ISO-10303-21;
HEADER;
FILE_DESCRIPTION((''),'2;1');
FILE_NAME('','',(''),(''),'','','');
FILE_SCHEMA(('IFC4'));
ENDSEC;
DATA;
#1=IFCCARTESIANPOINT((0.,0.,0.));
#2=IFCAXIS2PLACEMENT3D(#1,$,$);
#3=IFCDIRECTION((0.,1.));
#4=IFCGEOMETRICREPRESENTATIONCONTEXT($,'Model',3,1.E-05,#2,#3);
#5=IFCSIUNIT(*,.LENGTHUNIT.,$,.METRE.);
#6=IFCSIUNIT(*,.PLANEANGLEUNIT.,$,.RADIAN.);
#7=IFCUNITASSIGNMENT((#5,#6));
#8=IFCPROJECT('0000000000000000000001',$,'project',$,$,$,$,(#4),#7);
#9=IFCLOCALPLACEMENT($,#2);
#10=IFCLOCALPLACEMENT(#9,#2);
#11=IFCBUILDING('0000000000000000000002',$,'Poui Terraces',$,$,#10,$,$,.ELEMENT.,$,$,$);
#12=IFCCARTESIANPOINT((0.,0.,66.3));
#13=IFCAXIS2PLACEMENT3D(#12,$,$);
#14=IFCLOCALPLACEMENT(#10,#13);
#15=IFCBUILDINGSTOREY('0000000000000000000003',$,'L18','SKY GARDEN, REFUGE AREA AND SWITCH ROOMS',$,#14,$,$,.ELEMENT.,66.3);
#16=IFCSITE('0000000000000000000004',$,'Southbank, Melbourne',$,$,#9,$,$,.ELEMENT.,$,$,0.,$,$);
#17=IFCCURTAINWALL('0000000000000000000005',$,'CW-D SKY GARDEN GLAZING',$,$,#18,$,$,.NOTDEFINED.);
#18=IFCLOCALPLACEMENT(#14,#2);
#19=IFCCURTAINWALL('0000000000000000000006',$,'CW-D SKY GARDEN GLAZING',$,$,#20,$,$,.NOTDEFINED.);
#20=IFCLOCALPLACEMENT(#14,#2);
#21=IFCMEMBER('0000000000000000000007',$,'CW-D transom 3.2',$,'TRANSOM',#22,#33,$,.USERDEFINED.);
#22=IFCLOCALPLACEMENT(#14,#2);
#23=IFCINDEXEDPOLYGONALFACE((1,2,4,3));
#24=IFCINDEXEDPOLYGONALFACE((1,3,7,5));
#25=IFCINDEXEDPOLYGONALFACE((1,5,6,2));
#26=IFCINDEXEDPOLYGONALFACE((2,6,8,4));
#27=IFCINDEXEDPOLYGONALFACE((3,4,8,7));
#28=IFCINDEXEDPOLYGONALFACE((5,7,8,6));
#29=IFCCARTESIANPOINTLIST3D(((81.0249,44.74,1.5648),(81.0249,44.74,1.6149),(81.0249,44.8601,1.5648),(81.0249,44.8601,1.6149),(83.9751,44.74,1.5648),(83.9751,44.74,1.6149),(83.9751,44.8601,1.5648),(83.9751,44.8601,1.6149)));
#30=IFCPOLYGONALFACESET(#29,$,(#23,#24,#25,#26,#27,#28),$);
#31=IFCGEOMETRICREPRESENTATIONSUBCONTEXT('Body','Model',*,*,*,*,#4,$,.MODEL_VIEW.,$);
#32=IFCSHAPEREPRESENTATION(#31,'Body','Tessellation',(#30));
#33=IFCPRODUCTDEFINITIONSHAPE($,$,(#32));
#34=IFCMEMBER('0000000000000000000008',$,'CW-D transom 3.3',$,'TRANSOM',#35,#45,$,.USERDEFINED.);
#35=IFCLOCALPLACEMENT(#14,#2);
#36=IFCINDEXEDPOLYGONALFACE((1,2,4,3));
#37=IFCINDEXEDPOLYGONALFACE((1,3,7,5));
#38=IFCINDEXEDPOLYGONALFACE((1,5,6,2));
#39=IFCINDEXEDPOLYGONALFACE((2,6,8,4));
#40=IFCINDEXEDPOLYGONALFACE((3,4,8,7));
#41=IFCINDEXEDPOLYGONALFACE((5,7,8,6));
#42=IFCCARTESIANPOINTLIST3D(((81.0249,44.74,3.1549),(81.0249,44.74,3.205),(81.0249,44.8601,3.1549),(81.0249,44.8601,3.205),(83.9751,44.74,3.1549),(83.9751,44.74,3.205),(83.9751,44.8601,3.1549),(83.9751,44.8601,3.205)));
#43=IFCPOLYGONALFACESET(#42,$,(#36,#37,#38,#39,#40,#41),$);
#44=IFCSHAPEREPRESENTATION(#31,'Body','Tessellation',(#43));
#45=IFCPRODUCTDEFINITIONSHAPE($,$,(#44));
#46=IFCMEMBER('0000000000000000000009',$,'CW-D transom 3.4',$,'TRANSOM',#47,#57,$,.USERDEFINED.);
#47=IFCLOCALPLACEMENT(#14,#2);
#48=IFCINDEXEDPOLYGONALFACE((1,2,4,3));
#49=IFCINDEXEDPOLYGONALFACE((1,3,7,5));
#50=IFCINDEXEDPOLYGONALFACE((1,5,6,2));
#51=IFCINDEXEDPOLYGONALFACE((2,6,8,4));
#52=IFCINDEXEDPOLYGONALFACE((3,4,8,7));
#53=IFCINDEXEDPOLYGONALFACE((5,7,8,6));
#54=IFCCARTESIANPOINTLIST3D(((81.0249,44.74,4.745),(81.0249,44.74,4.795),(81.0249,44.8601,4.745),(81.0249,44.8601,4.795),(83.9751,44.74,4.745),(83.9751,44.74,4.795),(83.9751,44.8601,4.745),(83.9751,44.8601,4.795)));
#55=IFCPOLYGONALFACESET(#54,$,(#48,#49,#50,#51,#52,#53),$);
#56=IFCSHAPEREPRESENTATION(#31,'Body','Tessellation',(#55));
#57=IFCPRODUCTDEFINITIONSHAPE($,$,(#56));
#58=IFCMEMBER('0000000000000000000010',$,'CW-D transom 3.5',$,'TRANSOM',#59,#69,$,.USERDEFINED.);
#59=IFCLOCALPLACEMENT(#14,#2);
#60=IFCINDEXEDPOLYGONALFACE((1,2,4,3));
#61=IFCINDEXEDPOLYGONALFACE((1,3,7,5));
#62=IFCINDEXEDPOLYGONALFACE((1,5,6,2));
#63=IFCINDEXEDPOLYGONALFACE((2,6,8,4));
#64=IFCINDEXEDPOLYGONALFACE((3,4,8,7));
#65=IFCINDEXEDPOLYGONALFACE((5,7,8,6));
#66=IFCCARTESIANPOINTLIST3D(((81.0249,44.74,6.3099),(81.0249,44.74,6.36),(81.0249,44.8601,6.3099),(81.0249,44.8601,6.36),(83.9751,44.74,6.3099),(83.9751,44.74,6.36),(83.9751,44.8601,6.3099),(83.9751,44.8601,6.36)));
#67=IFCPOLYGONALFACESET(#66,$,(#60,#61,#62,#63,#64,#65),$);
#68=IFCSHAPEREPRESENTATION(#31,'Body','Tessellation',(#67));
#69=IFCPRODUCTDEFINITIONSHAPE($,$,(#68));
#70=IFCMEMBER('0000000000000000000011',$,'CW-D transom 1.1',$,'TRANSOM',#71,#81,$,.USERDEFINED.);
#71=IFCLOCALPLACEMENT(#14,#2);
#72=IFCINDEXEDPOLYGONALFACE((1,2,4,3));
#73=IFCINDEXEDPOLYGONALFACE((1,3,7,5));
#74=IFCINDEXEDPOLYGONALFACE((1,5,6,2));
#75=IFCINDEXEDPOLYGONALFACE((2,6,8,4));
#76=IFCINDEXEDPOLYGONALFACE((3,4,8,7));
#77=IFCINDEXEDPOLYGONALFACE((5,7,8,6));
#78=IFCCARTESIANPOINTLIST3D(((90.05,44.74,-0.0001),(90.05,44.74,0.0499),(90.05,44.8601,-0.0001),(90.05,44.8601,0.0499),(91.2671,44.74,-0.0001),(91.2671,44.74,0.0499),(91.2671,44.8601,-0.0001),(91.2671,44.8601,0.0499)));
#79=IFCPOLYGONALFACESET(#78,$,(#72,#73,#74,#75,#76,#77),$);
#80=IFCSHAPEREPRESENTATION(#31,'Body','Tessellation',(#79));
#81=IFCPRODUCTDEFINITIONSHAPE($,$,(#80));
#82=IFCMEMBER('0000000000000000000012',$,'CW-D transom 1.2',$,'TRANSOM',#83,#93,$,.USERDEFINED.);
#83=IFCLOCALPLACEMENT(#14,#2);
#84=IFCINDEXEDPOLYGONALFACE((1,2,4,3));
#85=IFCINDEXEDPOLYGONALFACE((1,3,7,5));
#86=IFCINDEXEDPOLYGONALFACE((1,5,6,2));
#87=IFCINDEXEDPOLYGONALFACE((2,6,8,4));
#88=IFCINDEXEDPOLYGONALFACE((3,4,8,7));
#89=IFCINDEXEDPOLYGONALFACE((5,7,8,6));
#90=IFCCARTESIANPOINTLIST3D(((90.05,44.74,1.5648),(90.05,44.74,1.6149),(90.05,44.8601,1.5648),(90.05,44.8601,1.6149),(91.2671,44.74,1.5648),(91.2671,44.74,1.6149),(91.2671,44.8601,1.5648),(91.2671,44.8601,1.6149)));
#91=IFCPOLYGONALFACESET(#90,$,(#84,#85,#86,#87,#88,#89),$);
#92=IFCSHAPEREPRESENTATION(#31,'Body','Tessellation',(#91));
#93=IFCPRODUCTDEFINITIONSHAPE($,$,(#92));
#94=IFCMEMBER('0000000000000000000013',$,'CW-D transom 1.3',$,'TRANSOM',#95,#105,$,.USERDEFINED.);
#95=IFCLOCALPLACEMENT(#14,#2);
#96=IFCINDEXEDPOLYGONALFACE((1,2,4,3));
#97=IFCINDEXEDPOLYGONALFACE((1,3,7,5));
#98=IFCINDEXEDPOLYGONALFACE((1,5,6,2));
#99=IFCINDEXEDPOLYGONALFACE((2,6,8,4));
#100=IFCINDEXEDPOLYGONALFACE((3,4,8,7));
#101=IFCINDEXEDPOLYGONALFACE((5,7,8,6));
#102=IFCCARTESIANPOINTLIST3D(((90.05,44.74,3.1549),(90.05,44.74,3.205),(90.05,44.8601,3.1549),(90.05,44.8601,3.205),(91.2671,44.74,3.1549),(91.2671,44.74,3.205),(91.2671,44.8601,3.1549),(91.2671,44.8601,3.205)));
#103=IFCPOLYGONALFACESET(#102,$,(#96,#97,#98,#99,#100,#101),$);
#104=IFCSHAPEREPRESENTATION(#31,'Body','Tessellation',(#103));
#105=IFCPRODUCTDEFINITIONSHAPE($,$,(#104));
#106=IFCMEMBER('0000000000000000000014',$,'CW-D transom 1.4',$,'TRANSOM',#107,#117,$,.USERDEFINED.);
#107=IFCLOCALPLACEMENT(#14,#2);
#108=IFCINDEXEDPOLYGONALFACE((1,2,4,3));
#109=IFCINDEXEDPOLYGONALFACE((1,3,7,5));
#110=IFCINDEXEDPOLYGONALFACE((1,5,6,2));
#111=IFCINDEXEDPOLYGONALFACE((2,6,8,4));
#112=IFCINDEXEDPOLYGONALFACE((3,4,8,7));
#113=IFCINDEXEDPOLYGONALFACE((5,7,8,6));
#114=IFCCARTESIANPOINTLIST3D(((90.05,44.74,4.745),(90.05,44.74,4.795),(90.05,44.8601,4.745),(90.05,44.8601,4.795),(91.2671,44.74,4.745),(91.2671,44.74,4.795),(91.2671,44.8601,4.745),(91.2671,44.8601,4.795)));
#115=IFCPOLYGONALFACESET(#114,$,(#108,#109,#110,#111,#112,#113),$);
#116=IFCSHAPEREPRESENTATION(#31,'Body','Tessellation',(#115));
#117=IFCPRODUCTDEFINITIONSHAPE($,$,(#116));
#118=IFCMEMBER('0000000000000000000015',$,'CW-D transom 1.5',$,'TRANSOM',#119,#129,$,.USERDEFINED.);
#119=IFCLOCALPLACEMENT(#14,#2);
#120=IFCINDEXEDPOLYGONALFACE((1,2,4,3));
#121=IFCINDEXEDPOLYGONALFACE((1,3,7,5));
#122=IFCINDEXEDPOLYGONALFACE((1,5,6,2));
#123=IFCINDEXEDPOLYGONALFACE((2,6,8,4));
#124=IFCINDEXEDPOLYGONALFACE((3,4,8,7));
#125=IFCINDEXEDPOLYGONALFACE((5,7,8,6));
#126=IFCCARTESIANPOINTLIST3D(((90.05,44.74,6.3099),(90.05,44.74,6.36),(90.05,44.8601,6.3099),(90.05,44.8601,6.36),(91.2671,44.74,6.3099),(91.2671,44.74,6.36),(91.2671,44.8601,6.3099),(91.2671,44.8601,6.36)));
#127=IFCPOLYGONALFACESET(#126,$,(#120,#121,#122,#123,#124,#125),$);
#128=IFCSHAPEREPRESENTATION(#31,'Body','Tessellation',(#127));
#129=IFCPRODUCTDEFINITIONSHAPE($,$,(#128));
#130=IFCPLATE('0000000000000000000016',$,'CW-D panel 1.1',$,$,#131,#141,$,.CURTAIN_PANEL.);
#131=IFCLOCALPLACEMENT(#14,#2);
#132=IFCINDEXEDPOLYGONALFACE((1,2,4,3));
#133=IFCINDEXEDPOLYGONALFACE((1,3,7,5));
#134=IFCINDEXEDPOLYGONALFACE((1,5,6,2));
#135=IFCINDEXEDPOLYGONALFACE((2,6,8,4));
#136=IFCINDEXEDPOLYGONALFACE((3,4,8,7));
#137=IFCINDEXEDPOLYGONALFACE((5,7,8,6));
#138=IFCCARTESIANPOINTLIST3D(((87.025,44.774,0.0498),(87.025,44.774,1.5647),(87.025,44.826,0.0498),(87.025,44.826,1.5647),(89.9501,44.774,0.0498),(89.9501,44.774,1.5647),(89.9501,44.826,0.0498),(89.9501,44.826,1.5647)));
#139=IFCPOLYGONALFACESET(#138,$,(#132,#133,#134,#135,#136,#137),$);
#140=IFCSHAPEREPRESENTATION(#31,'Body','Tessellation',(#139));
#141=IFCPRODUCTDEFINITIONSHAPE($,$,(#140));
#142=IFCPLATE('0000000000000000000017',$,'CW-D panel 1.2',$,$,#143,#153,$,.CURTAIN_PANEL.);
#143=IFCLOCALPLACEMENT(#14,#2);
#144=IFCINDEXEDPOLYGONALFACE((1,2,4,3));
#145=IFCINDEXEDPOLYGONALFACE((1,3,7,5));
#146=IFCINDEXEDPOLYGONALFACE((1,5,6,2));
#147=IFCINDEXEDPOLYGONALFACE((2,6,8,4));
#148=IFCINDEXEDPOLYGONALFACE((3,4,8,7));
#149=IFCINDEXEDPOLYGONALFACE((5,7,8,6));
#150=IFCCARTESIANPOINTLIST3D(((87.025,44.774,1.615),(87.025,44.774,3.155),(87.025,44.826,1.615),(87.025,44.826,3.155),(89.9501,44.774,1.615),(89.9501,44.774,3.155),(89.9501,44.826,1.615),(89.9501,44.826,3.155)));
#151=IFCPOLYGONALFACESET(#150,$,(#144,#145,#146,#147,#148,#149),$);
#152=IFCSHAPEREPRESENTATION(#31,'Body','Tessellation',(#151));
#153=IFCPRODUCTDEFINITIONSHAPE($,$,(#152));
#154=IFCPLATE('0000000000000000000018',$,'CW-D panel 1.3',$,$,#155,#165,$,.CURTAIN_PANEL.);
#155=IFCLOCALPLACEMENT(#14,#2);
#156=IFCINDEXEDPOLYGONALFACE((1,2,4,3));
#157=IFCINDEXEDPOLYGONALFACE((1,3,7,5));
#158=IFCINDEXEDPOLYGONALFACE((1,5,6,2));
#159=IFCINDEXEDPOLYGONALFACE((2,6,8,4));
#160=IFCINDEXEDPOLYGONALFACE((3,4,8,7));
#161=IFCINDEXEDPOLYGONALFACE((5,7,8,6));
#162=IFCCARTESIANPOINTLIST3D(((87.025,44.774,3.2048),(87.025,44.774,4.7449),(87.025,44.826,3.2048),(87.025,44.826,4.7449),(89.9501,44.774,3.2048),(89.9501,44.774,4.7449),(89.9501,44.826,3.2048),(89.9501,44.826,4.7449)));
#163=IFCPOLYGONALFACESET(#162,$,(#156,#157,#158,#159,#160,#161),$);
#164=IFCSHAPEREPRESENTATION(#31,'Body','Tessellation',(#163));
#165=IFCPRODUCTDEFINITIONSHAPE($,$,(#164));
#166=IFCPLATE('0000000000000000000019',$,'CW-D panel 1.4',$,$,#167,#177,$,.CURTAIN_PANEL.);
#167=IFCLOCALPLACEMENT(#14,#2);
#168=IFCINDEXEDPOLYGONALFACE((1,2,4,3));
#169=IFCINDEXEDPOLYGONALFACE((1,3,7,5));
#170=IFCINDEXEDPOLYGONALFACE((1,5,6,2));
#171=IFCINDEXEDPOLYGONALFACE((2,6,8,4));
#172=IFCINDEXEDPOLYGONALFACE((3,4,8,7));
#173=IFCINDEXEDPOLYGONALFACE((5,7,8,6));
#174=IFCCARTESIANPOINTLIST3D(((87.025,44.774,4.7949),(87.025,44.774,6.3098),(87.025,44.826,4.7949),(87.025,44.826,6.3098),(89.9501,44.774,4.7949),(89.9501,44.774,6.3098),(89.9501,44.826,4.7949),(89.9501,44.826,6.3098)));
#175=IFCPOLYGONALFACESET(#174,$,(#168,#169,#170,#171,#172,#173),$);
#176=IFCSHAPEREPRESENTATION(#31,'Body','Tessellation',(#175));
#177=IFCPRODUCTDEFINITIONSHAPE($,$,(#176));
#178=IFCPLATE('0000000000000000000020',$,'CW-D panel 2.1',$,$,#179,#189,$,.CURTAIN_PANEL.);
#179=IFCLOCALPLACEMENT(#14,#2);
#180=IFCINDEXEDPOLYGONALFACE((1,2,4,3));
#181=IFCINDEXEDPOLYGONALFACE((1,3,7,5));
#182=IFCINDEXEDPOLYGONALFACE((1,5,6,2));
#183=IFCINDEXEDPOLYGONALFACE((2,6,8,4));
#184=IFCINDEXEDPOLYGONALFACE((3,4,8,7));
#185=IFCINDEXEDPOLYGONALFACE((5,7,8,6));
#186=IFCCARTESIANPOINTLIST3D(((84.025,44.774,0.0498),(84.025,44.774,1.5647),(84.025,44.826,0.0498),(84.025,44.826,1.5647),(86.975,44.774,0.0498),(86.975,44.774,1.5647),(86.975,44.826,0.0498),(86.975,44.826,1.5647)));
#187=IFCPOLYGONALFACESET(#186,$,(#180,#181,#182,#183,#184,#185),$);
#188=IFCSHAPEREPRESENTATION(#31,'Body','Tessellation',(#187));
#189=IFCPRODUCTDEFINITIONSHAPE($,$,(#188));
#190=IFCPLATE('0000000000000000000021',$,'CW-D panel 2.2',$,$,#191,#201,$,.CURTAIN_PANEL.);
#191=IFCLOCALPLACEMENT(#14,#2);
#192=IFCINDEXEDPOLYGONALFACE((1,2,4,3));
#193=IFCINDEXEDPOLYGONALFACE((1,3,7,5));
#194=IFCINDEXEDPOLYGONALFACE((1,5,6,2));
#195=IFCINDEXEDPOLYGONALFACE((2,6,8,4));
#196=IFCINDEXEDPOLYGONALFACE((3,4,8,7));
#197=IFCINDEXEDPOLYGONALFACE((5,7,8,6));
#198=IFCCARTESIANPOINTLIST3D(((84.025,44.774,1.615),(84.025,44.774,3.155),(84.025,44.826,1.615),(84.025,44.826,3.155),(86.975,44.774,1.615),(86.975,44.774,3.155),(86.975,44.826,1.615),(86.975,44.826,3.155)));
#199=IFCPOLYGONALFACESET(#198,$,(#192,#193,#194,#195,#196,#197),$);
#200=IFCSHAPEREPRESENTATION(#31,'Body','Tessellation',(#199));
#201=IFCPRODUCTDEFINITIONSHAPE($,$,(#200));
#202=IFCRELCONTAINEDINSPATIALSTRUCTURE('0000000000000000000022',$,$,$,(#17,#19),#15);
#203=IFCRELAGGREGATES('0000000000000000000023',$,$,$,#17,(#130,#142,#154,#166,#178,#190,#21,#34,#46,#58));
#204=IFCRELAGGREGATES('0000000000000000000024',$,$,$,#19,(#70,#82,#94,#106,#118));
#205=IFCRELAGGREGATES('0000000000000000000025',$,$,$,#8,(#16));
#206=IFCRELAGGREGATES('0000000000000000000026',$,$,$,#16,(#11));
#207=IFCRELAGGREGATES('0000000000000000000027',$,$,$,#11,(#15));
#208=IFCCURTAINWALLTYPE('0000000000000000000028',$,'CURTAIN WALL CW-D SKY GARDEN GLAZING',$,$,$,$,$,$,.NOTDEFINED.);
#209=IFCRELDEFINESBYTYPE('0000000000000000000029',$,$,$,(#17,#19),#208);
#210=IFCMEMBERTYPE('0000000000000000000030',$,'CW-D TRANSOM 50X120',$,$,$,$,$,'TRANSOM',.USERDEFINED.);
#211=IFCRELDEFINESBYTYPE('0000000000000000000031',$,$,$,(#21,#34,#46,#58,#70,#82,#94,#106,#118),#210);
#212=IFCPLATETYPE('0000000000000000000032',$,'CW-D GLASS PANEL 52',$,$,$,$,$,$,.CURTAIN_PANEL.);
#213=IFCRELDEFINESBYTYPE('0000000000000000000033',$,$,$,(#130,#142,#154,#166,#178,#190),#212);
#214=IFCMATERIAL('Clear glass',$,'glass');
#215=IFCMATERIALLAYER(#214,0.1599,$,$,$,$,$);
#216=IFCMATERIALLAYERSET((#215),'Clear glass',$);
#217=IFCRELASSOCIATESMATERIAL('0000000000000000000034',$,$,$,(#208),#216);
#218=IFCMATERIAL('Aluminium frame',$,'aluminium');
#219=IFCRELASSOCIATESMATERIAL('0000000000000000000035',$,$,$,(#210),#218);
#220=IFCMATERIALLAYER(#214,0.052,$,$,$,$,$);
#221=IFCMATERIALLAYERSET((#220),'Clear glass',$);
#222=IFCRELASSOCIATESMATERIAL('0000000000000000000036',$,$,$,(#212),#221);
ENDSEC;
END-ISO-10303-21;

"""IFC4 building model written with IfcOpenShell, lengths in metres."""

from ifc_helpers import new_model, si_unit, direction, frame, origin, origin_2d, place, context, subcontext, project, spatial, rectangle, extrude, material, layer, layer_set, material_profile, profile_set, type_object, element, aggregate, save


model = new_model("IFC4")

# Units and contexts
model_context = context("Model", 3, precision=1e-05, world=origin(), true_north=direction((0.0, 1.0)))
body_context = subcontext(model_context, "Body", "Model", "MODEL_VIEW")
ifc_project = project(units=[si_unit("LENGTHUNIT", "METRE"), si_unit("PLANEANGLEUNIT", "RADIAN")], contexts=[model_context])

# Site, building, storey
site_placement = place(None, origin())
site = spatial("IfcSite", under=ifc_project, at=site_placement, Name="Southbank, Melbourne", CompositionType="ELEMENT", RefElevation=0.0)
building_placement = place(site_placement, origin())
building = spatial("IfcBuilding", under=site, at=building_placement, Name="Poui Terraces", CompositionType="ELEMENT")
storey_placement = place(building_placement, frame((0.0, 0.0, 66.3)))
storey = spatial("IfcBuildingStorey", under=building, at=storey_placement, Name="L18", Description="SKY GARDEN, REFUGE AREA AND SWITCH ROOMS", CompositionType="ELEMENT", Elevation=66.3)

# Curtain walls
ifc_material_1 = material(Name="Clear glass", Category="glass")
ifc_layer_1 = layer(ifc_material_1, 0.1599)
ifc_layer_set_1 = layer_set([ifc_layer_1], Name="Clear glass")
curtain_wall_type = type_object("IfcCurtainWallType", Name="CURTAIN WALL CW-D SKY GARDEN GLAZING", PredefinedType="NOTDEFINED", material=ifc_layer_set_1)
curtain_wall_1_placement = place(storey_placement, origin())
curtain_wall_1 = element("IfcCurtainWall", 1, at=curtain_wall_1_placement, inside=storey, type_object=curtain_wall_type, Name="CW-D SKY GARDEN GLAZING", PredefinedType="NOTDEFINED")
ifc_material_2 = material(Name="Aluminium frame", Category="aluminium")
curtain_wall_2_placement = place(storey_placement, origin())
curtain_wall_2 = element("IfcCurtainWall", 2, at=curtain_wall_2_placement, inside=storey, type_object=curtain_wall_type, Name="CW-D SKY GARDEN GLAZING", PredefinedType="NOTDEFINED")

# Members
ifc_material_profile_1 = material_profile(ifc_material_2, rectangle(XDim=0.1201, YDim=0.05, at=origin_2d()), Name="CW-D TRANSOM 50X120")
ifc_profile_set_1 = profile_set([ifc_material_profile_1], Name="Aluminium frame")
member_type_1 = type_object("IfcMemberType", Name="CW-D TRANSOM 50X120", ElementType="TRANSOM", PredefinedType="USERDEFINED", material=ifc_profile_set_1)
member_1_placement = place(storey_placement, frame((83.9751, 44.8, 1.5898), z_axis=(-1.0, 0.0, 0.0), x_axis=(0.0, -1.0, 0.0)))
member_1 = element("IfcMember", 3, at=member_1_placement, type_object=member_type_1, Name="CW-D transom 3.2", ObjectType="TRANSOM", PredefinedType="USERDEFINED", context=body_context, shape_type="SweptSolid", body=[
    extrude(rectangle(XDim=0.1201, YDim=0.05, at=origin_2d()), origin(), (0.0, 0.0, 1.0), 2.9502),
])
member_2_placement = place(storey_placement, frame((83.9751, 44.8, 3.1799), z_axis=(-1.0, 0.0, 0.0), x_axis=(0.0, -1.0, 0.0)))
member_2 = element("IfcMember", 4, at=member_2_placement, type_object=member_type_1, Name="CW-D transom 3.3", ObjectType="TRANSOM", PredefinedType="USERDEFINED", context=body_context, shape_type="SweptSolid", body=[
    extrude(rectangle(XDim=0.1201, YDim=0.05, at=origin_2d()), origin(), (0.0, 0.0, 1.0), 2.9502),
])
member_3_placement = place(storey_placement, frame((83.9751, 44.8, 4.77), z_axis=(-1.0, 0.0, 0.0), x_axis=(0.0, -1.0, 0.0)))
member_3 = element("IfcMember", 5, at=member_3_placement, type_object=member_type_1, Name="CW-D transom 3.4", ObjectType="TRANSOM", PredefinedType="USERDEFINED", context=body_context, shape_type="SweptSolid", body=[
    extrude(rectangle(XDim=0.1201, YDim=0.05, at=origin_2d()), origin(), (0.0, 0.0, 1.0), 2.9502),
])
member_4_placement = place(storey_placement, frame((83.9751, 44.8, 6.335), z_axis=(-1.0, 0.0, 0.0), x_axis=(0.0, -1.0, 0.0)))
member_4 = element("IfcMember", 6, at=member_4_placement, type_object=member_type_1, Name="CW-D transom 3.5", ObjectType="TRANSOM", PredefinedType="USERDEFINED", context=body_context, shape_type="SweptSolid", body=[
    extrude(rectangle(XDim=0.1201, YDim=0.05, at=origin_2d()), origin(), (0.0, 0.0, 1.0), 2.9502),
])
member_5_placement = place(storey_placement, frame((91.2671, 44.8, 0.0249), z_axis=(-1.0, 0.0, 0.0), x_axis=(0.0, -1.0, 0.0)))
member_5 = element("IfcMember", 7, at=member_5_placement, type_object=member_type_1, Name="CW-D transom 1.1", ObjectType="TRANSOM", PredefinedType="USERDEFINED", context=body_context, shape_type="SweptSolid", body=[
    extrude(rectangle(XDim=0.1201, YDim=0.05, at=origin_2d()), origin(), (0.0, 0.0, 1.0), 1.217),
])
member_6_placement = place(storey_placement, frame((91.2671, 44.8, 1.5898), z_axis=(-1.0, 0.0, 0.0), x_axis=(0.0, -1.0, 0.0)))
member_6 = element("IfcMember", 8, at=member_6_placement, type_object=member_type_1, Name="CW-D transom 1.2", ObjectType="TRANSOM", PredefinedType="USERDEFINED", context=body_context, shape_type="SweptSolid", body=[
    extrude(rectangle(XDim=0.1201, YDim=0.05, at=origin_2d()), origin(), (0.0, 0.0, 1.0), 1.217),
])
member_7_placement = place(storey_placement, frame((91.2671, 44.8, 3.1799), z_axis=(-1.0, 0.0, 0.0), x_axis=(0.0, -1.0, 0.0)))
member_7 = element("IfcMember", 9, at=member_7_placement, type_object=member_type_1, Name="CW-D transom 1.3", ObjectType="TRANSOM", PredefinedType="USERDEFINED", context=body_context, shape_type="SweptSolid", body=[
    extrude(rectangle(XDim=0.1201, YDim=0.05, at=origin_2d()), origin(), (0.0, 0.0, 1.0), 1.217),
])
member_8_placement = place(storey_placement, frame((91.2671, 44.8, 4.77), z_axis=(-1.0, 0.0, 0.0), x_axis=(0.0, -1.0, 0.0)))
member_8 = element("IfcMember", 10, at=member_8_placement, type_object=member_type_1, Name="CW-D transom 1.4", ObjectType="TRANSOM", PredefinedType="USERDEFINED", context=body_context, shape_type="SweptSolid", body=[
    extrude(rectangle(XDim=0.1201, YDim=0.05, at=origin_2d()), origin(), (0.0, 0.0, 1.0), 1.217),
])
member_9_placement = place(storey_placement, frame((91.2671, 44.8, 6.335), z_axis=(-1.0, 0.0, 0.0), x_axis=(0.0, -1.0, 0.0)))
member_9 = element("IfcMember", 11, at=member_9_placement, type_object=member_type_1, Name="CW-D transom 1.5", ObjectType="TRANSOM", PredefinedType="USERDEFINED", context=body_context, shape_type="SweptSolid", body=[
    extrude(rectangle(XDim=0.1201, YDim=0.05, at=origin_2d()), origin(), (0.0, 0.0, 1.0), 1.217),
])

# Plates
ifc_layer_2 = layer(ifc_material_1, 0.052)
ifc_layer_set_2 = layer_set([ifc_layer_2], Name="Clear glass")
plate_type = type_object("IfcPlateType", Name="CW-D GLASS PANEL 52", PredefinedType="CURTAIN_PANEL", material=ifc_layer_set_2)
plate_1_placement = place(storey_placement, frame((88.4875, 44.8, 0.0498), z_axis=(0.0, 0.0, 1.0), x_axis=(-1.0, 0.0, 0.0)))
plate_1 = element("IfcPlate", 12, at=plate_1_placement, type_object=plate_type, Name="CW-D panel 1.1", PredefinedType="CURTAIN_PANEL", context=body_context, shape_type="SweptSolid", body=[
    extrude(rectangle(XDim=2.925, YDim=0.052, at=origin_2d()), origin(), (0.0, 0.0, 1.0), 1.5149),
])
plate_2_placement = place(storey_placement, frame((88.4875, 44.8, 1.615), z_axis=(0.0, 0.0, 1.0), x_axis=(-1.0, 0.0, 0.0)))
plate_2 = element("IfcPlate", 13, at=plate_2_placement, type_object=plate_type, Name="CW-D panel 1.2", PredefinedType="CURTAIN_PANEL", context=body_context, shape_type="SweptSolid", body=[
    extrude(rectangle(XDim=2.925, YDim=0.052, at=origin_2d()), origin(), (0.0, 0.0, 1.0), 1.54),
])
plate_3_placement = place(storey_placement, frame((88.4875, 44.8, 3.2048), z_axis=(0.0, 0.0, 1.0), x_axis=(-1.0, 0.0, 0.0)))
plate_3 = element("IfcPlate", 14, at=plate_3_placement, type_object=plate_type, Name="CW-D panel 1.3", PredefinedType="CURTAIN_PANEL", context=body_context, shape_type="SweptSolid", body=[
    extrude(rectangle(XDim=2.925, YDim=0.052, at=origin_2d()), origin(), (0.0, 0.0, 1.0), 1.54),
])
plate_4_placement = place(storey_placement, frame((88.4875, 44.8, 4.7949), z_axis=(0.0, 0.0, 1.0), x_axis=(-1.0, 0.0, 0.0)))
plate_4 = element("IfcPlate", 15, at=plate_4_placement, type_object=plate_type, Name="CW-D panel 1.4", PredefinedType="CURTAIN_PANEL", context=body_context, shape_type="SweptSolid", body=[
    extrude(rectangle(XDim=2.925, YDim=0.052, at=origin_2d()), origin(), (0.0, 0.0, 1.0), 1.5149),
])
plate_5_placement = place(storey_placement, frame((85.5, 44.8, 0.0498), z_axis=(0.0, 0.0, 1.0), x_axis=(-1.0, 0.0, 0.0)))
plate_5 = element("IfcPlate", 16, at=plate_5_placement, type_object=plate_type, Name="CW-D panel 2.1", PredefinedType="CURTAIN_PANEL", context=body_context, shape_type="SweptSolid", body=[
    extrude(rectangle(XDim=2.95, YDim=0.052, at=origin_2d()), origin(), (0.0, 0.0, 1.0), 1.5149),
])
plate_6_placement = place(storey_placement, frame((85.5, 44.8, 1.615), z_axis=(0.0, 0.0, 1.0), x_axis=(-1.0, 0.0, 0.0)))
plate_6 = element("IfcPlate", 17, at=plate_6_placement, type_object=plate_type, Name="CW-D panel 2.2", PredefinedType="CURTAIN_PANEL", context=body_context, shape_type="SweptSolid", body=[
    extrude(rectangle(XDim=2.95, YDim=0.052, at=origin_2d()), origin(), (0.0, 0.0, 1.0), 1.54),
])
aggregate(curtain_wall_1, [plate_1, plate_2, plate_3, plate_4, plate_5, plate_6, member_1, member_2, member_3, member_4])
aggregate(curtain_wall_2, [member_5, member_6, member_7, member_8, member_9])

save(model, "model.ifc")
